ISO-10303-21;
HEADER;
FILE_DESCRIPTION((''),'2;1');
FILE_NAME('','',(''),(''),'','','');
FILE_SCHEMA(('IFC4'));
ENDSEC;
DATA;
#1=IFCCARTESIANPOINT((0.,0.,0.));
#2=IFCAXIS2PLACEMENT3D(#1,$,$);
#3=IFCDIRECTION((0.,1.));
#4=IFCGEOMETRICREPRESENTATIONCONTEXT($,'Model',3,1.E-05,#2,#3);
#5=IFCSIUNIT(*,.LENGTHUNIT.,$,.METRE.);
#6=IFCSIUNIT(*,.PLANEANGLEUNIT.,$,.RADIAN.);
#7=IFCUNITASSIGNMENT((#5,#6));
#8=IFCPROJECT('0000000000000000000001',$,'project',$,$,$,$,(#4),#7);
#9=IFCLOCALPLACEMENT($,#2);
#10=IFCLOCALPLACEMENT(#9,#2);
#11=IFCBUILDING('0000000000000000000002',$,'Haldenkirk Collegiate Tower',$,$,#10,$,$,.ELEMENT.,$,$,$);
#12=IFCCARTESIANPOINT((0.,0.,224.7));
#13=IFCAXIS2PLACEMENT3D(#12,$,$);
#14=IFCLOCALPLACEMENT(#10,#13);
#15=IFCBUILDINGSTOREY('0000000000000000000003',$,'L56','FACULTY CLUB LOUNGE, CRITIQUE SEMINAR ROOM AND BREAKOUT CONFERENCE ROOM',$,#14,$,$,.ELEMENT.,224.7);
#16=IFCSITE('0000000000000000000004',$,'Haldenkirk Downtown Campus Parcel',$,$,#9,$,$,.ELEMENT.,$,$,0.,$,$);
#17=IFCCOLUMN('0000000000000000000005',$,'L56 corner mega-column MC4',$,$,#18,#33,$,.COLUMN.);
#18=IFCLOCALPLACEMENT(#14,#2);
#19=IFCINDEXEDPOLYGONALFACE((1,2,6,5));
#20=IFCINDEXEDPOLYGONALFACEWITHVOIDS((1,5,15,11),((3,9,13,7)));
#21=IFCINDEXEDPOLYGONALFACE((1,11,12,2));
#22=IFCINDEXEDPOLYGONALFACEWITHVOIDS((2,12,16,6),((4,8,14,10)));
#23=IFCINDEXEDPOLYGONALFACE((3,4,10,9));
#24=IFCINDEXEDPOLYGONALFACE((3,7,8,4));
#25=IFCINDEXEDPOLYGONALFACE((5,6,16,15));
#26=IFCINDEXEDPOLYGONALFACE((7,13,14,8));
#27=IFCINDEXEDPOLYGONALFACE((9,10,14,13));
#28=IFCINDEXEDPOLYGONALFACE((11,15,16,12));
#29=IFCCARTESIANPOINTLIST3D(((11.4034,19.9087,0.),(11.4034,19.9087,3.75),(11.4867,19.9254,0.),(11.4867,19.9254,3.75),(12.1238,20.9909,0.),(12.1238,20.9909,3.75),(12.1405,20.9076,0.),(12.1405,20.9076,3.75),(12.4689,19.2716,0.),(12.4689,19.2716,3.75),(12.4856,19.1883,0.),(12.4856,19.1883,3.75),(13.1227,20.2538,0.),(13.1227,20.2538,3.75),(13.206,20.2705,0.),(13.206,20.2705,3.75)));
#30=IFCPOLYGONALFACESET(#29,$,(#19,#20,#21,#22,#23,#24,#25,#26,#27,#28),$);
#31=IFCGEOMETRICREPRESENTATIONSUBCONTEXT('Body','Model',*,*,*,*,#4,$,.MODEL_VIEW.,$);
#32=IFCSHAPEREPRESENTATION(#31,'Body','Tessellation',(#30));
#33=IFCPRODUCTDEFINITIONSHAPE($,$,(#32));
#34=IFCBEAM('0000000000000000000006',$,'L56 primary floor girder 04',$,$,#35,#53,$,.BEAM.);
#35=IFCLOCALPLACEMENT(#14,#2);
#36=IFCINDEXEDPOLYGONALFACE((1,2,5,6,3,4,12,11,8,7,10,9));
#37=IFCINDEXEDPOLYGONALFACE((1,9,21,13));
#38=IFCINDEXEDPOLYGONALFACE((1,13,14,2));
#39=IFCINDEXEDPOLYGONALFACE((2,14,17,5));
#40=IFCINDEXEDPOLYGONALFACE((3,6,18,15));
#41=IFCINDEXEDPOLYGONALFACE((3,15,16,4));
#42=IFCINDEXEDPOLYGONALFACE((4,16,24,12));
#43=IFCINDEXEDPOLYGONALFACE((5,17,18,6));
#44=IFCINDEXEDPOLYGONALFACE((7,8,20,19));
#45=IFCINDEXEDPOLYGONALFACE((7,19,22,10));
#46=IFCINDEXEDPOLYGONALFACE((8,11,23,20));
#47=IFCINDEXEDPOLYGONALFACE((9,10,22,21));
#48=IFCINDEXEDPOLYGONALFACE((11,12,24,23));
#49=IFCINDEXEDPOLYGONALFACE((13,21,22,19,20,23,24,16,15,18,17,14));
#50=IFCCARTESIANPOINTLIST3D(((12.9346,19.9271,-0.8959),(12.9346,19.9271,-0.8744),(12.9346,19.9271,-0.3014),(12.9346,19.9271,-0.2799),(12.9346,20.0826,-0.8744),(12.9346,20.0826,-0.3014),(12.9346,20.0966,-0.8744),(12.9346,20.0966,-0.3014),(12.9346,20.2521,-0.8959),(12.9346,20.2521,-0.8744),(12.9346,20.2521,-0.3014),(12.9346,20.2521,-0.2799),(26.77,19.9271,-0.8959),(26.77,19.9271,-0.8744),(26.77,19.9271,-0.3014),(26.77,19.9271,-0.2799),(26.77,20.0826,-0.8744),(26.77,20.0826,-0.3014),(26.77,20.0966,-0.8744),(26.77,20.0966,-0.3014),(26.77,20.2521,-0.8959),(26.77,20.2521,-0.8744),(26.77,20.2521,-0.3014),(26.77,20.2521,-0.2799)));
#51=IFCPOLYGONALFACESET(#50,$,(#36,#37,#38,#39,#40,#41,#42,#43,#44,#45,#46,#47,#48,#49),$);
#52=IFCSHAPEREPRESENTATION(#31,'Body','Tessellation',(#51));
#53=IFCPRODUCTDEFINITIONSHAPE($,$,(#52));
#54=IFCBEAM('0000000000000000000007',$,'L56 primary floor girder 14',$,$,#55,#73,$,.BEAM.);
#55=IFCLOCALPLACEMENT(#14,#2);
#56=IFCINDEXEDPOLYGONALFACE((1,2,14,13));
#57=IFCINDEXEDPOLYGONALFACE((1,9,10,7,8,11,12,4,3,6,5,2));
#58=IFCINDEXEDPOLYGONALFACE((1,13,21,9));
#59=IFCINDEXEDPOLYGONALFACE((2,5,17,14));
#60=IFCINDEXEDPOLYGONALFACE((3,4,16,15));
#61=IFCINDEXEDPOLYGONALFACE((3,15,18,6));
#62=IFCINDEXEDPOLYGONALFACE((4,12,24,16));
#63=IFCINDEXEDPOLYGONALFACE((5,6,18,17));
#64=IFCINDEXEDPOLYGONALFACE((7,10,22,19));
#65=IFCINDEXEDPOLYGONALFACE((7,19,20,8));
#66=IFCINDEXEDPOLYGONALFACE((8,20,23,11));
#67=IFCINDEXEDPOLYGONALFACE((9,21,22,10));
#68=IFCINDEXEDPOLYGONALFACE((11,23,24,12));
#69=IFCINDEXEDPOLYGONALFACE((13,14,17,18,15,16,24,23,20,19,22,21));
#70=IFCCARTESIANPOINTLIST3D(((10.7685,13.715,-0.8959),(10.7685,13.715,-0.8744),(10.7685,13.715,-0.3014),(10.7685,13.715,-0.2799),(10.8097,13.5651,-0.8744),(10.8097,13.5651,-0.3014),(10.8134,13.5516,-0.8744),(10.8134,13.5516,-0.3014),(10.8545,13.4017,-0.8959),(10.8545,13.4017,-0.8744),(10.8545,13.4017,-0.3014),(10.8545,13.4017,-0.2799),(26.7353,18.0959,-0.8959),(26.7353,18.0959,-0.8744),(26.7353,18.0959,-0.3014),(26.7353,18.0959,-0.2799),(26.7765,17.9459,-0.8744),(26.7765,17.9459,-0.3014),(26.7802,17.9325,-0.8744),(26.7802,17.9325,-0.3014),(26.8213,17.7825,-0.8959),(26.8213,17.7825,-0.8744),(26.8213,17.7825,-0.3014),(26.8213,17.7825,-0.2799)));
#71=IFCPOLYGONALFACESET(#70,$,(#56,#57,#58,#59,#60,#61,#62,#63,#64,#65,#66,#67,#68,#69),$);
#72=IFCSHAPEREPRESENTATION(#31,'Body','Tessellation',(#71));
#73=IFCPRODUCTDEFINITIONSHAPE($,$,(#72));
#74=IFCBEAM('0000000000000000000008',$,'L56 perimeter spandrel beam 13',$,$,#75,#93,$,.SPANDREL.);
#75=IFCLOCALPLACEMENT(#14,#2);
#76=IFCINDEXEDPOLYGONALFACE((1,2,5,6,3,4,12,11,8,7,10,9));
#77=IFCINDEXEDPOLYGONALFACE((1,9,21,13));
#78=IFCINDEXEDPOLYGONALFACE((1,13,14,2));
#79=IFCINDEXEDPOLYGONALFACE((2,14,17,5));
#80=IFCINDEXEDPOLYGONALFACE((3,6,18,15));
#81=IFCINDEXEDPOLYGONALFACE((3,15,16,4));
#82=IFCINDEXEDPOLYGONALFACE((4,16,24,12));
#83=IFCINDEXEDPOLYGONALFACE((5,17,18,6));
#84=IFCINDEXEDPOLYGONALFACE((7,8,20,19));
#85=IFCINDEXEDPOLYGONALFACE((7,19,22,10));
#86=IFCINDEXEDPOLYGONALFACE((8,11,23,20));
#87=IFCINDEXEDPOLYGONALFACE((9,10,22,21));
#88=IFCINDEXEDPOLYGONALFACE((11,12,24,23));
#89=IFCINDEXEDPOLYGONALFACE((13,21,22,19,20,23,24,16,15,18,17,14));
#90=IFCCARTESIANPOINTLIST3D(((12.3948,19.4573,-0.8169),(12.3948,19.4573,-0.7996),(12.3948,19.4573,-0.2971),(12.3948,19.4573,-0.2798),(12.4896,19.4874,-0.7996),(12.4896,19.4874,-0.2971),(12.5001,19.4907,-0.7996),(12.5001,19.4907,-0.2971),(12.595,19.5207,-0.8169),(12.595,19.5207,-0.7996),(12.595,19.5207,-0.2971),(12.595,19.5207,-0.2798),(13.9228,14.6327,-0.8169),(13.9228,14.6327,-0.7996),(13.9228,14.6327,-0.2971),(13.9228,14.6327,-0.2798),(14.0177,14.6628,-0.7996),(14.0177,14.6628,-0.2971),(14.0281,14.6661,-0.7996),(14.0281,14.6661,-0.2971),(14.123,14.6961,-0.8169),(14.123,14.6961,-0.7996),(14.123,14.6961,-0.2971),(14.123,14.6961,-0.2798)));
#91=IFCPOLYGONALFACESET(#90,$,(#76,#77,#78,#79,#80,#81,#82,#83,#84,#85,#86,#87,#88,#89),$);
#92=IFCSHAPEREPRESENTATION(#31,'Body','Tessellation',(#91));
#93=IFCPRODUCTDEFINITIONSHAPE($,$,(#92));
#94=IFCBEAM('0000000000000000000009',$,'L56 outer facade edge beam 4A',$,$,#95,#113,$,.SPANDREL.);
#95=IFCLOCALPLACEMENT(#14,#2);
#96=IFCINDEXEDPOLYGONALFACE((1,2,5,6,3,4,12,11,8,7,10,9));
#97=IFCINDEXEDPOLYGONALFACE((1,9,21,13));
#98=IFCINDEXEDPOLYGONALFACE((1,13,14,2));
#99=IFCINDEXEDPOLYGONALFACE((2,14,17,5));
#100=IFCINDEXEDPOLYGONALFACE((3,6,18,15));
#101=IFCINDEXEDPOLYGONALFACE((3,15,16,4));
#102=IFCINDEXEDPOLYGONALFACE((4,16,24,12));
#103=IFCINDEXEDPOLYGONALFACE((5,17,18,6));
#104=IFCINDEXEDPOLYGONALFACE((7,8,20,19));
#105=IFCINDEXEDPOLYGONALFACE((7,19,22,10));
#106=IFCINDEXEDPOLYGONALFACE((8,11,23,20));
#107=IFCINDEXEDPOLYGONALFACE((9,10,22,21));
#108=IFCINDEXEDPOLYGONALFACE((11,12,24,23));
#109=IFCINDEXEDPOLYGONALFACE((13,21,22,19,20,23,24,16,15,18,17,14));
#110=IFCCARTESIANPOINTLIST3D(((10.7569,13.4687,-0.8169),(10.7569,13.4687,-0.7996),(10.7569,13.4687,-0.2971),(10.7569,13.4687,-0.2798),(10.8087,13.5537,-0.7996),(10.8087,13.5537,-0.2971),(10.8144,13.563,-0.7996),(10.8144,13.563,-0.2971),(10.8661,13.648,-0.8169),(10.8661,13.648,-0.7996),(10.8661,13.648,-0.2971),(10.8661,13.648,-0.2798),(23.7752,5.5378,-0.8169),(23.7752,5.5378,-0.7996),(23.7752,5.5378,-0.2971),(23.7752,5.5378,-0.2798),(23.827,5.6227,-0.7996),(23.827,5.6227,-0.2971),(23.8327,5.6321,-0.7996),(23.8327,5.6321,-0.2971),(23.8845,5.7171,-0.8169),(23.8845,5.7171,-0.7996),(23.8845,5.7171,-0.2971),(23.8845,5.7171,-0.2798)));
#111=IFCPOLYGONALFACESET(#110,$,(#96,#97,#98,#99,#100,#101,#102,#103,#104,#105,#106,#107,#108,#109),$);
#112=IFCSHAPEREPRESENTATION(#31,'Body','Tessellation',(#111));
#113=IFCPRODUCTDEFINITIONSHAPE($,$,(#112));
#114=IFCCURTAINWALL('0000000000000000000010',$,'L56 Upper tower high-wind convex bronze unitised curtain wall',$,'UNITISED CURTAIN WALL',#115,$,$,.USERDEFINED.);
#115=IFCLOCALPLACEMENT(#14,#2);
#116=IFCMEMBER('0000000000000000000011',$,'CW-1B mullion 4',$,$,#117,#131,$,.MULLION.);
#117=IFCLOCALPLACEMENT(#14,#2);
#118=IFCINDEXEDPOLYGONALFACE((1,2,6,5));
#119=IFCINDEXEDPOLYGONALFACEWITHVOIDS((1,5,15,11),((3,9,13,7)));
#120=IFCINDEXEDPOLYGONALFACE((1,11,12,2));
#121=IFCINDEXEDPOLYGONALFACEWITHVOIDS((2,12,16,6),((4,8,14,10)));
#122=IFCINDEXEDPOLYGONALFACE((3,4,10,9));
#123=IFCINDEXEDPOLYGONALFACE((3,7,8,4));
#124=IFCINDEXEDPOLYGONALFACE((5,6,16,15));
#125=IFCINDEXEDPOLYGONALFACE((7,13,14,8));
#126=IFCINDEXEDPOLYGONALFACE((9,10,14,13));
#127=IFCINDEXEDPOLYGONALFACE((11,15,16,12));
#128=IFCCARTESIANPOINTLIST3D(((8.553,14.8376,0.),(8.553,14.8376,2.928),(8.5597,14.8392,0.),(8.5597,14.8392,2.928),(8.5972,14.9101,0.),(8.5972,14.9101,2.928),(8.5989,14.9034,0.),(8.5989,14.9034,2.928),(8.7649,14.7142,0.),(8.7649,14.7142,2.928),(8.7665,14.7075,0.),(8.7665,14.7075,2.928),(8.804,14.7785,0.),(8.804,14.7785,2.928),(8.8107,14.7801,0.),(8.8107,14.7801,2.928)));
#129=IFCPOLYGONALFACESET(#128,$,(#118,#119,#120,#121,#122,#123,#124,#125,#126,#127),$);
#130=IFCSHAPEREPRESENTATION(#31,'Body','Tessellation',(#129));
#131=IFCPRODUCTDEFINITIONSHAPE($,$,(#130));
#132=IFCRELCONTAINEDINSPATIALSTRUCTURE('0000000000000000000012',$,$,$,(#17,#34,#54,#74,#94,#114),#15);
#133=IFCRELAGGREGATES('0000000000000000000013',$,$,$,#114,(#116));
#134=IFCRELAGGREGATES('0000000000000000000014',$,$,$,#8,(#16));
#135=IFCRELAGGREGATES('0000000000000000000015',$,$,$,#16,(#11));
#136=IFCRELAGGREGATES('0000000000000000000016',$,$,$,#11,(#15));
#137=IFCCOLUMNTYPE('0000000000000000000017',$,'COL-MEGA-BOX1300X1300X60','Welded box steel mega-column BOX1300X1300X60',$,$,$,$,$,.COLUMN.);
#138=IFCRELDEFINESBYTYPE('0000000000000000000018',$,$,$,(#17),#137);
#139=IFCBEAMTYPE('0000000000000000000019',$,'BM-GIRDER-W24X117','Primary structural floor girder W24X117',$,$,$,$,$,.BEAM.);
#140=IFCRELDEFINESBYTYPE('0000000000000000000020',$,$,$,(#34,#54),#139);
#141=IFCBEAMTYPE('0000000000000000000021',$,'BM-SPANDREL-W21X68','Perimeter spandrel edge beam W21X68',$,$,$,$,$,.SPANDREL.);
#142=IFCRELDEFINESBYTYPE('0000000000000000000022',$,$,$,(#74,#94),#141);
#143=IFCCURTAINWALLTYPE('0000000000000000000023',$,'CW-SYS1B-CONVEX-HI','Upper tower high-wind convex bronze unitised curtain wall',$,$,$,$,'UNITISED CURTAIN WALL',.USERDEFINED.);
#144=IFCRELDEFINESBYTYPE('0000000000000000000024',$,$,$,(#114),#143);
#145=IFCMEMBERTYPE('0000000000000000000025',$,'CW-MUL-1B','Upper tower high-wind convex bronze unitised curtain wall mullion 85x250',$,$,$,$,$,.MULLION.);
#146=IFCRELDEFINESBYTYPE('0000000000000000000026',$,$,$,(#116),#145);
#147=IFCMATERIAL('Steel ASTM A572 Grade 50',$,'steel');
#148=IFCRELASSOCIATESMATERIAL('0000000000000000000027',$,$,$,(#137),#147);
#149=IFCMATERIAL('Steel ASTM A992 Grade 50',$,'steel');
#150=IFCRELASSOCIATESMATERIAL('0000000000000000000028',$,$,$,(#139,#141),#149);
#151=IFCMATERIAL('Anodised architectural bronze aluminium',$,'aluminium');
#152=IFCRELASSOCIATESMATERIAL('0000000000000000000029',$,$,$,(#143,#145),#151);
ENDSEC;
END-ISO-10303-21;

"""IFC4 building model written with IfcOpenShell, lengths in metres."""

from ifc_helpers import new_model, si_unit, direction, frame, origin, origin_2d, place, context, subcontext, project, spatial, hollow_rectangle, i_section, extrude, material, material_profile, profile_set, type_object, element, aggregate, save


model = new_model("IFC4")

# Units and contexts
model_context = context("Model", 3, precision=1e-05, world=origin(), true_north=direction((0.0, 1.0)))
body_context = subcontext(model_context, "Body", "Model", "MODEL_VIEW")
ifc_project = project(units=[si_unit("LENGTHUNIT", "METRE"), si_unit("PLANEANGLEUNIT", "RADIAN")], contexts=[model_context])

# Site, building, storey
site_placement = place(None, origin())
site = spatial("IfcSite", under=ifc_project, at=site_placement, Name="Haldenkirk Downtown Campus Parcel", CompositionType="ELEMENT", RefElevation=0.0)
building_placement = place(site_placement, origin())
building = spatial("IfcBuilding", under=site, at=building_placement, Name="Haldenkirk Collegiate Tower", CompositionType="ELEMENT")
storey_placement = place(building_placement, frame((0.0, 0.0, 224.7)))
storey = spatial("IfcBuildingStorey", under=building, at=storey_placement, Name="L56", Description="FACULTY CLUB LOUNGE, CRITIQUE SEMINAR ROOM AND BREAKOUT CONFERENCE ROOM", CompositionType="ELEMENT", Elevation=224.7)

# Column
ifc_material_1 = material(Name="Steel ASTM A572 Grade 50", Category="steel")
ifc_material_profile_1 = material_profile(ifc_material_1, hollow_rectangle(XDim=1.3, YDim=1.3, WallThickness=0.0601, at=origin_2d()), Name="BOX1300X1300X60")
ifc_profile_set_1 = profile_set([ifc_material_profile_1], Name="Steel ASTM A572 Grade 50")
column_type = type_object("IfcColumnType", Name="COL-MEGA-BOX1300X1300X60", Description="Welded box steel mega-column BOX1300X1300X60", PredefinedType="COLUMN", material=ifc_profile_set_1)
column_placement = place(storey_placement, frame((12.3047, 20.0896, 0.0), z_axis=(0.0, 0.0, 1.0), x_axis=(0.554118, 0.832438, 0.0)))
element("IfcColumn", 1, at=column_placement, inside=storey, type_object=column_type, Name="L56 corner mega-column MC4", PredefinedType="COLUMN", context=body_context, shape_type="SweptSolid", body=[
    extrude(hollow_rectangle(XDim=1.3, YDim=1.3, WallThickness=0.0601, at=origin_2d()), origin(), (0.0, 0.0, 1.0), 3.75),
])

# Beams
ifc_material_2 = material(Name="Steel ASTM A992 Grade 50", Category="steel")
ifc_material_profile_2 = material_profile(ifc_material_2, i_section(OverallWidth=0.325, OverallDepth=0.616, WebThickness=0.0139, FlangeThickness=0.0215, at=origin_2d()), Name="W24X117")
ifc_profile_set_2 = profile_set([ifc_material_profile_2], Name="Steel ASTM A992 Grade 50")
beam_type_1 = type_object("IfcBeamType", Name="BM-GIRDER-W24X117", Description="Primary structural floor girder W24X117", PredefinedType="BEAM", material=ifc_profile_set_2)
beam_1_placement = place(storey_placement, frame((12.9346, 20.0896, -0.5879), z_axis=(1.0, 0.0, 0.0), x_axis=(0.0, 1.0, 0.0)))
element("IfcBeam", 2, at=beam_1_placement, inside=storey, type_object=beam_type_1, Name="L56 primary floor girder 04", PredefinedType="BEAM", context=body_context, shape_type="SweptSolid", body=[
    extrude(i_section(OverallWidth=0.325, OverallDepth=0.616, WebThickness=0.0139, FlangeThickness=0.0215, at=origin_2d()), origin(), (0.0, 0.0, 1.0), 13.8354),
])
beam_2_placement = place(storey_placement, frame((10.8115, 13.5583, -0.5879), z_axis=(0.96436, 0.264594, 0.0), x_axis=(-0.264594, 0.96436, 0.0)))
element("IfcBeam", 3, at=beam_2_placement, inside=storey, type_object=beam_type_1, Name="L56 primary floor girder 14", PredefinedType="BEAM", context=body_context, shape_type="SweptSolid", body=[
    extrude(i_section(OverallWidth=0.325, OverallDepth=0.616, WebThickness=0.0139, FlangeThickness=0.0215, at=origin_2d()), origin(), (0.0, 0.0, 1.0), 16.5569),
])
ifc_material_profile_3 = material_profile(ifc_material_2, i_section(OverallWidth=0.21, OverallDepth=0.5371, WebThickness=0.011, FlangeThickness=0.0173, at=origin_2d()), Name="W21X68")
ifc_profile_set_3 = profile_set([ifc_material_profile_3], Name="Steel ASTM A992 Grade 50")
beam_type_2 = type_object("IfcBeamType", Name="BM-SPANDREL-W21X68", Description="Perimeter spandrel edge beam W21X68", PredefinedType="SPANDREL", material=ifc_profile_set_3)
beam_3_placement = place(storey_placement, frame((12.4949, 19.489, -0.5483), z_axis=(0.301937, -0.953328, 0.0), x_axis=(0.953328, 0.301937, 0.0)))
element("IfcBeam", 4, at=beam_3_placement, inside=storey, type_object=beam_type_2, Name="L56 perimeter spandrel beam 13", PredefinedType="SPANDREL", context=body_context, shape_type="SweptSolid", body=[
    extrude(i_section(OverallWidth=0.21, OverallDepth=0.5371, WebThickness=0.011, FlangeThickness=0.0173, at=origin_2d()), origin(), (0.0, 0.0, 1.0), 5.0608),
])
beam_4_placement = place(storey_placement, frame((10.8115, 13.5583, -0.5483), z_axis=(0.854003, -0.520269, 0.0), x_axis=(0.520269, 0.854003, 0.0)))
element("IfcBeam", 5, at=beam_4_placement, inside=storey, type_object=beam_type_2, Name="L56 outer facade edge beam 4A", PredefinedType="SPANDREL", context=body_context, shape_type="SweptSolid", body=[
    extrude(i_section(OverallWidth=0.21, OverallDepth=0.5371, WebThickness=0.011, FlangeThickness=0.0173, at=origin_2d()), origin(), (0.0, 0.0, 1.0), 15.2439),
])

# Curtain wall, member
ifc_material_3 = material(Name="Anodised architectural bronze aluminium", Category="aluminium")
curtain_wall_type = type_object("IfcCurtainWallType", Name="CW-SYS1B-CONVEX-HI", Description="Upper tower high-wind convex bronze unitised curtain wall", ElementType="UNITISED CURTAIN WALL", PredefinedType="USERDEFINED", material=ifc_material_3)
curtain_wall_placement = place(storey_placement, origin())
curtain_wall = element("IfcCurtainWall", 6, at=curtain_wall_placement, inside=storey, type_object=curtain_wall_type, Name="L56 Upper tower high-wind convex bronze unitised curtain wall", ObjectType="UNITISED CURTAIN WALL", PredefinedType="USERDEFINED")
ifc_material_profile_4 = material_profile(ifc_material_3, hollow_rectangle(XDim=0.085, YDim=0.25, WallThickness=0.0049, at=origin_2d()), Name="CW-MUL-1B")
ifc_profile_set_4 = profile_set([ifc_material_profile_4], Name="Anodised architectural bronze aluminium")
member_type = type_object("IfcMemberType", Name="CW-MUL-1B", Description="Upper tower high-wind convex bronze unitised curtain wall mullion 85x250", PredefinedType="MULLION", material=ifc_profile_set_4)
member_placement = place(storey_placement, frame((8.6819, 14.8088, 0.0), z_axis=(0.0, 0.0, 1.0), x_axis=(-0.520268, -0.854003, 0.0)))
member = element("IfcMember", 7, at=member_placement, type_object=member_type, Name="CW-1B mullion 4", PredefinedType="MULLION", context=body_context, shape_type="SweptSolid", body=[
    extrude(hollow_rectangle(XDim=0.085, YDim=0.25, WallThickness=0.0049, at=origin_2d()), origin(), (0.0, 0.0, 1.0), 2.928),
])
aggregate(curtain_wall, [member])

save(model, "model.ifc")
